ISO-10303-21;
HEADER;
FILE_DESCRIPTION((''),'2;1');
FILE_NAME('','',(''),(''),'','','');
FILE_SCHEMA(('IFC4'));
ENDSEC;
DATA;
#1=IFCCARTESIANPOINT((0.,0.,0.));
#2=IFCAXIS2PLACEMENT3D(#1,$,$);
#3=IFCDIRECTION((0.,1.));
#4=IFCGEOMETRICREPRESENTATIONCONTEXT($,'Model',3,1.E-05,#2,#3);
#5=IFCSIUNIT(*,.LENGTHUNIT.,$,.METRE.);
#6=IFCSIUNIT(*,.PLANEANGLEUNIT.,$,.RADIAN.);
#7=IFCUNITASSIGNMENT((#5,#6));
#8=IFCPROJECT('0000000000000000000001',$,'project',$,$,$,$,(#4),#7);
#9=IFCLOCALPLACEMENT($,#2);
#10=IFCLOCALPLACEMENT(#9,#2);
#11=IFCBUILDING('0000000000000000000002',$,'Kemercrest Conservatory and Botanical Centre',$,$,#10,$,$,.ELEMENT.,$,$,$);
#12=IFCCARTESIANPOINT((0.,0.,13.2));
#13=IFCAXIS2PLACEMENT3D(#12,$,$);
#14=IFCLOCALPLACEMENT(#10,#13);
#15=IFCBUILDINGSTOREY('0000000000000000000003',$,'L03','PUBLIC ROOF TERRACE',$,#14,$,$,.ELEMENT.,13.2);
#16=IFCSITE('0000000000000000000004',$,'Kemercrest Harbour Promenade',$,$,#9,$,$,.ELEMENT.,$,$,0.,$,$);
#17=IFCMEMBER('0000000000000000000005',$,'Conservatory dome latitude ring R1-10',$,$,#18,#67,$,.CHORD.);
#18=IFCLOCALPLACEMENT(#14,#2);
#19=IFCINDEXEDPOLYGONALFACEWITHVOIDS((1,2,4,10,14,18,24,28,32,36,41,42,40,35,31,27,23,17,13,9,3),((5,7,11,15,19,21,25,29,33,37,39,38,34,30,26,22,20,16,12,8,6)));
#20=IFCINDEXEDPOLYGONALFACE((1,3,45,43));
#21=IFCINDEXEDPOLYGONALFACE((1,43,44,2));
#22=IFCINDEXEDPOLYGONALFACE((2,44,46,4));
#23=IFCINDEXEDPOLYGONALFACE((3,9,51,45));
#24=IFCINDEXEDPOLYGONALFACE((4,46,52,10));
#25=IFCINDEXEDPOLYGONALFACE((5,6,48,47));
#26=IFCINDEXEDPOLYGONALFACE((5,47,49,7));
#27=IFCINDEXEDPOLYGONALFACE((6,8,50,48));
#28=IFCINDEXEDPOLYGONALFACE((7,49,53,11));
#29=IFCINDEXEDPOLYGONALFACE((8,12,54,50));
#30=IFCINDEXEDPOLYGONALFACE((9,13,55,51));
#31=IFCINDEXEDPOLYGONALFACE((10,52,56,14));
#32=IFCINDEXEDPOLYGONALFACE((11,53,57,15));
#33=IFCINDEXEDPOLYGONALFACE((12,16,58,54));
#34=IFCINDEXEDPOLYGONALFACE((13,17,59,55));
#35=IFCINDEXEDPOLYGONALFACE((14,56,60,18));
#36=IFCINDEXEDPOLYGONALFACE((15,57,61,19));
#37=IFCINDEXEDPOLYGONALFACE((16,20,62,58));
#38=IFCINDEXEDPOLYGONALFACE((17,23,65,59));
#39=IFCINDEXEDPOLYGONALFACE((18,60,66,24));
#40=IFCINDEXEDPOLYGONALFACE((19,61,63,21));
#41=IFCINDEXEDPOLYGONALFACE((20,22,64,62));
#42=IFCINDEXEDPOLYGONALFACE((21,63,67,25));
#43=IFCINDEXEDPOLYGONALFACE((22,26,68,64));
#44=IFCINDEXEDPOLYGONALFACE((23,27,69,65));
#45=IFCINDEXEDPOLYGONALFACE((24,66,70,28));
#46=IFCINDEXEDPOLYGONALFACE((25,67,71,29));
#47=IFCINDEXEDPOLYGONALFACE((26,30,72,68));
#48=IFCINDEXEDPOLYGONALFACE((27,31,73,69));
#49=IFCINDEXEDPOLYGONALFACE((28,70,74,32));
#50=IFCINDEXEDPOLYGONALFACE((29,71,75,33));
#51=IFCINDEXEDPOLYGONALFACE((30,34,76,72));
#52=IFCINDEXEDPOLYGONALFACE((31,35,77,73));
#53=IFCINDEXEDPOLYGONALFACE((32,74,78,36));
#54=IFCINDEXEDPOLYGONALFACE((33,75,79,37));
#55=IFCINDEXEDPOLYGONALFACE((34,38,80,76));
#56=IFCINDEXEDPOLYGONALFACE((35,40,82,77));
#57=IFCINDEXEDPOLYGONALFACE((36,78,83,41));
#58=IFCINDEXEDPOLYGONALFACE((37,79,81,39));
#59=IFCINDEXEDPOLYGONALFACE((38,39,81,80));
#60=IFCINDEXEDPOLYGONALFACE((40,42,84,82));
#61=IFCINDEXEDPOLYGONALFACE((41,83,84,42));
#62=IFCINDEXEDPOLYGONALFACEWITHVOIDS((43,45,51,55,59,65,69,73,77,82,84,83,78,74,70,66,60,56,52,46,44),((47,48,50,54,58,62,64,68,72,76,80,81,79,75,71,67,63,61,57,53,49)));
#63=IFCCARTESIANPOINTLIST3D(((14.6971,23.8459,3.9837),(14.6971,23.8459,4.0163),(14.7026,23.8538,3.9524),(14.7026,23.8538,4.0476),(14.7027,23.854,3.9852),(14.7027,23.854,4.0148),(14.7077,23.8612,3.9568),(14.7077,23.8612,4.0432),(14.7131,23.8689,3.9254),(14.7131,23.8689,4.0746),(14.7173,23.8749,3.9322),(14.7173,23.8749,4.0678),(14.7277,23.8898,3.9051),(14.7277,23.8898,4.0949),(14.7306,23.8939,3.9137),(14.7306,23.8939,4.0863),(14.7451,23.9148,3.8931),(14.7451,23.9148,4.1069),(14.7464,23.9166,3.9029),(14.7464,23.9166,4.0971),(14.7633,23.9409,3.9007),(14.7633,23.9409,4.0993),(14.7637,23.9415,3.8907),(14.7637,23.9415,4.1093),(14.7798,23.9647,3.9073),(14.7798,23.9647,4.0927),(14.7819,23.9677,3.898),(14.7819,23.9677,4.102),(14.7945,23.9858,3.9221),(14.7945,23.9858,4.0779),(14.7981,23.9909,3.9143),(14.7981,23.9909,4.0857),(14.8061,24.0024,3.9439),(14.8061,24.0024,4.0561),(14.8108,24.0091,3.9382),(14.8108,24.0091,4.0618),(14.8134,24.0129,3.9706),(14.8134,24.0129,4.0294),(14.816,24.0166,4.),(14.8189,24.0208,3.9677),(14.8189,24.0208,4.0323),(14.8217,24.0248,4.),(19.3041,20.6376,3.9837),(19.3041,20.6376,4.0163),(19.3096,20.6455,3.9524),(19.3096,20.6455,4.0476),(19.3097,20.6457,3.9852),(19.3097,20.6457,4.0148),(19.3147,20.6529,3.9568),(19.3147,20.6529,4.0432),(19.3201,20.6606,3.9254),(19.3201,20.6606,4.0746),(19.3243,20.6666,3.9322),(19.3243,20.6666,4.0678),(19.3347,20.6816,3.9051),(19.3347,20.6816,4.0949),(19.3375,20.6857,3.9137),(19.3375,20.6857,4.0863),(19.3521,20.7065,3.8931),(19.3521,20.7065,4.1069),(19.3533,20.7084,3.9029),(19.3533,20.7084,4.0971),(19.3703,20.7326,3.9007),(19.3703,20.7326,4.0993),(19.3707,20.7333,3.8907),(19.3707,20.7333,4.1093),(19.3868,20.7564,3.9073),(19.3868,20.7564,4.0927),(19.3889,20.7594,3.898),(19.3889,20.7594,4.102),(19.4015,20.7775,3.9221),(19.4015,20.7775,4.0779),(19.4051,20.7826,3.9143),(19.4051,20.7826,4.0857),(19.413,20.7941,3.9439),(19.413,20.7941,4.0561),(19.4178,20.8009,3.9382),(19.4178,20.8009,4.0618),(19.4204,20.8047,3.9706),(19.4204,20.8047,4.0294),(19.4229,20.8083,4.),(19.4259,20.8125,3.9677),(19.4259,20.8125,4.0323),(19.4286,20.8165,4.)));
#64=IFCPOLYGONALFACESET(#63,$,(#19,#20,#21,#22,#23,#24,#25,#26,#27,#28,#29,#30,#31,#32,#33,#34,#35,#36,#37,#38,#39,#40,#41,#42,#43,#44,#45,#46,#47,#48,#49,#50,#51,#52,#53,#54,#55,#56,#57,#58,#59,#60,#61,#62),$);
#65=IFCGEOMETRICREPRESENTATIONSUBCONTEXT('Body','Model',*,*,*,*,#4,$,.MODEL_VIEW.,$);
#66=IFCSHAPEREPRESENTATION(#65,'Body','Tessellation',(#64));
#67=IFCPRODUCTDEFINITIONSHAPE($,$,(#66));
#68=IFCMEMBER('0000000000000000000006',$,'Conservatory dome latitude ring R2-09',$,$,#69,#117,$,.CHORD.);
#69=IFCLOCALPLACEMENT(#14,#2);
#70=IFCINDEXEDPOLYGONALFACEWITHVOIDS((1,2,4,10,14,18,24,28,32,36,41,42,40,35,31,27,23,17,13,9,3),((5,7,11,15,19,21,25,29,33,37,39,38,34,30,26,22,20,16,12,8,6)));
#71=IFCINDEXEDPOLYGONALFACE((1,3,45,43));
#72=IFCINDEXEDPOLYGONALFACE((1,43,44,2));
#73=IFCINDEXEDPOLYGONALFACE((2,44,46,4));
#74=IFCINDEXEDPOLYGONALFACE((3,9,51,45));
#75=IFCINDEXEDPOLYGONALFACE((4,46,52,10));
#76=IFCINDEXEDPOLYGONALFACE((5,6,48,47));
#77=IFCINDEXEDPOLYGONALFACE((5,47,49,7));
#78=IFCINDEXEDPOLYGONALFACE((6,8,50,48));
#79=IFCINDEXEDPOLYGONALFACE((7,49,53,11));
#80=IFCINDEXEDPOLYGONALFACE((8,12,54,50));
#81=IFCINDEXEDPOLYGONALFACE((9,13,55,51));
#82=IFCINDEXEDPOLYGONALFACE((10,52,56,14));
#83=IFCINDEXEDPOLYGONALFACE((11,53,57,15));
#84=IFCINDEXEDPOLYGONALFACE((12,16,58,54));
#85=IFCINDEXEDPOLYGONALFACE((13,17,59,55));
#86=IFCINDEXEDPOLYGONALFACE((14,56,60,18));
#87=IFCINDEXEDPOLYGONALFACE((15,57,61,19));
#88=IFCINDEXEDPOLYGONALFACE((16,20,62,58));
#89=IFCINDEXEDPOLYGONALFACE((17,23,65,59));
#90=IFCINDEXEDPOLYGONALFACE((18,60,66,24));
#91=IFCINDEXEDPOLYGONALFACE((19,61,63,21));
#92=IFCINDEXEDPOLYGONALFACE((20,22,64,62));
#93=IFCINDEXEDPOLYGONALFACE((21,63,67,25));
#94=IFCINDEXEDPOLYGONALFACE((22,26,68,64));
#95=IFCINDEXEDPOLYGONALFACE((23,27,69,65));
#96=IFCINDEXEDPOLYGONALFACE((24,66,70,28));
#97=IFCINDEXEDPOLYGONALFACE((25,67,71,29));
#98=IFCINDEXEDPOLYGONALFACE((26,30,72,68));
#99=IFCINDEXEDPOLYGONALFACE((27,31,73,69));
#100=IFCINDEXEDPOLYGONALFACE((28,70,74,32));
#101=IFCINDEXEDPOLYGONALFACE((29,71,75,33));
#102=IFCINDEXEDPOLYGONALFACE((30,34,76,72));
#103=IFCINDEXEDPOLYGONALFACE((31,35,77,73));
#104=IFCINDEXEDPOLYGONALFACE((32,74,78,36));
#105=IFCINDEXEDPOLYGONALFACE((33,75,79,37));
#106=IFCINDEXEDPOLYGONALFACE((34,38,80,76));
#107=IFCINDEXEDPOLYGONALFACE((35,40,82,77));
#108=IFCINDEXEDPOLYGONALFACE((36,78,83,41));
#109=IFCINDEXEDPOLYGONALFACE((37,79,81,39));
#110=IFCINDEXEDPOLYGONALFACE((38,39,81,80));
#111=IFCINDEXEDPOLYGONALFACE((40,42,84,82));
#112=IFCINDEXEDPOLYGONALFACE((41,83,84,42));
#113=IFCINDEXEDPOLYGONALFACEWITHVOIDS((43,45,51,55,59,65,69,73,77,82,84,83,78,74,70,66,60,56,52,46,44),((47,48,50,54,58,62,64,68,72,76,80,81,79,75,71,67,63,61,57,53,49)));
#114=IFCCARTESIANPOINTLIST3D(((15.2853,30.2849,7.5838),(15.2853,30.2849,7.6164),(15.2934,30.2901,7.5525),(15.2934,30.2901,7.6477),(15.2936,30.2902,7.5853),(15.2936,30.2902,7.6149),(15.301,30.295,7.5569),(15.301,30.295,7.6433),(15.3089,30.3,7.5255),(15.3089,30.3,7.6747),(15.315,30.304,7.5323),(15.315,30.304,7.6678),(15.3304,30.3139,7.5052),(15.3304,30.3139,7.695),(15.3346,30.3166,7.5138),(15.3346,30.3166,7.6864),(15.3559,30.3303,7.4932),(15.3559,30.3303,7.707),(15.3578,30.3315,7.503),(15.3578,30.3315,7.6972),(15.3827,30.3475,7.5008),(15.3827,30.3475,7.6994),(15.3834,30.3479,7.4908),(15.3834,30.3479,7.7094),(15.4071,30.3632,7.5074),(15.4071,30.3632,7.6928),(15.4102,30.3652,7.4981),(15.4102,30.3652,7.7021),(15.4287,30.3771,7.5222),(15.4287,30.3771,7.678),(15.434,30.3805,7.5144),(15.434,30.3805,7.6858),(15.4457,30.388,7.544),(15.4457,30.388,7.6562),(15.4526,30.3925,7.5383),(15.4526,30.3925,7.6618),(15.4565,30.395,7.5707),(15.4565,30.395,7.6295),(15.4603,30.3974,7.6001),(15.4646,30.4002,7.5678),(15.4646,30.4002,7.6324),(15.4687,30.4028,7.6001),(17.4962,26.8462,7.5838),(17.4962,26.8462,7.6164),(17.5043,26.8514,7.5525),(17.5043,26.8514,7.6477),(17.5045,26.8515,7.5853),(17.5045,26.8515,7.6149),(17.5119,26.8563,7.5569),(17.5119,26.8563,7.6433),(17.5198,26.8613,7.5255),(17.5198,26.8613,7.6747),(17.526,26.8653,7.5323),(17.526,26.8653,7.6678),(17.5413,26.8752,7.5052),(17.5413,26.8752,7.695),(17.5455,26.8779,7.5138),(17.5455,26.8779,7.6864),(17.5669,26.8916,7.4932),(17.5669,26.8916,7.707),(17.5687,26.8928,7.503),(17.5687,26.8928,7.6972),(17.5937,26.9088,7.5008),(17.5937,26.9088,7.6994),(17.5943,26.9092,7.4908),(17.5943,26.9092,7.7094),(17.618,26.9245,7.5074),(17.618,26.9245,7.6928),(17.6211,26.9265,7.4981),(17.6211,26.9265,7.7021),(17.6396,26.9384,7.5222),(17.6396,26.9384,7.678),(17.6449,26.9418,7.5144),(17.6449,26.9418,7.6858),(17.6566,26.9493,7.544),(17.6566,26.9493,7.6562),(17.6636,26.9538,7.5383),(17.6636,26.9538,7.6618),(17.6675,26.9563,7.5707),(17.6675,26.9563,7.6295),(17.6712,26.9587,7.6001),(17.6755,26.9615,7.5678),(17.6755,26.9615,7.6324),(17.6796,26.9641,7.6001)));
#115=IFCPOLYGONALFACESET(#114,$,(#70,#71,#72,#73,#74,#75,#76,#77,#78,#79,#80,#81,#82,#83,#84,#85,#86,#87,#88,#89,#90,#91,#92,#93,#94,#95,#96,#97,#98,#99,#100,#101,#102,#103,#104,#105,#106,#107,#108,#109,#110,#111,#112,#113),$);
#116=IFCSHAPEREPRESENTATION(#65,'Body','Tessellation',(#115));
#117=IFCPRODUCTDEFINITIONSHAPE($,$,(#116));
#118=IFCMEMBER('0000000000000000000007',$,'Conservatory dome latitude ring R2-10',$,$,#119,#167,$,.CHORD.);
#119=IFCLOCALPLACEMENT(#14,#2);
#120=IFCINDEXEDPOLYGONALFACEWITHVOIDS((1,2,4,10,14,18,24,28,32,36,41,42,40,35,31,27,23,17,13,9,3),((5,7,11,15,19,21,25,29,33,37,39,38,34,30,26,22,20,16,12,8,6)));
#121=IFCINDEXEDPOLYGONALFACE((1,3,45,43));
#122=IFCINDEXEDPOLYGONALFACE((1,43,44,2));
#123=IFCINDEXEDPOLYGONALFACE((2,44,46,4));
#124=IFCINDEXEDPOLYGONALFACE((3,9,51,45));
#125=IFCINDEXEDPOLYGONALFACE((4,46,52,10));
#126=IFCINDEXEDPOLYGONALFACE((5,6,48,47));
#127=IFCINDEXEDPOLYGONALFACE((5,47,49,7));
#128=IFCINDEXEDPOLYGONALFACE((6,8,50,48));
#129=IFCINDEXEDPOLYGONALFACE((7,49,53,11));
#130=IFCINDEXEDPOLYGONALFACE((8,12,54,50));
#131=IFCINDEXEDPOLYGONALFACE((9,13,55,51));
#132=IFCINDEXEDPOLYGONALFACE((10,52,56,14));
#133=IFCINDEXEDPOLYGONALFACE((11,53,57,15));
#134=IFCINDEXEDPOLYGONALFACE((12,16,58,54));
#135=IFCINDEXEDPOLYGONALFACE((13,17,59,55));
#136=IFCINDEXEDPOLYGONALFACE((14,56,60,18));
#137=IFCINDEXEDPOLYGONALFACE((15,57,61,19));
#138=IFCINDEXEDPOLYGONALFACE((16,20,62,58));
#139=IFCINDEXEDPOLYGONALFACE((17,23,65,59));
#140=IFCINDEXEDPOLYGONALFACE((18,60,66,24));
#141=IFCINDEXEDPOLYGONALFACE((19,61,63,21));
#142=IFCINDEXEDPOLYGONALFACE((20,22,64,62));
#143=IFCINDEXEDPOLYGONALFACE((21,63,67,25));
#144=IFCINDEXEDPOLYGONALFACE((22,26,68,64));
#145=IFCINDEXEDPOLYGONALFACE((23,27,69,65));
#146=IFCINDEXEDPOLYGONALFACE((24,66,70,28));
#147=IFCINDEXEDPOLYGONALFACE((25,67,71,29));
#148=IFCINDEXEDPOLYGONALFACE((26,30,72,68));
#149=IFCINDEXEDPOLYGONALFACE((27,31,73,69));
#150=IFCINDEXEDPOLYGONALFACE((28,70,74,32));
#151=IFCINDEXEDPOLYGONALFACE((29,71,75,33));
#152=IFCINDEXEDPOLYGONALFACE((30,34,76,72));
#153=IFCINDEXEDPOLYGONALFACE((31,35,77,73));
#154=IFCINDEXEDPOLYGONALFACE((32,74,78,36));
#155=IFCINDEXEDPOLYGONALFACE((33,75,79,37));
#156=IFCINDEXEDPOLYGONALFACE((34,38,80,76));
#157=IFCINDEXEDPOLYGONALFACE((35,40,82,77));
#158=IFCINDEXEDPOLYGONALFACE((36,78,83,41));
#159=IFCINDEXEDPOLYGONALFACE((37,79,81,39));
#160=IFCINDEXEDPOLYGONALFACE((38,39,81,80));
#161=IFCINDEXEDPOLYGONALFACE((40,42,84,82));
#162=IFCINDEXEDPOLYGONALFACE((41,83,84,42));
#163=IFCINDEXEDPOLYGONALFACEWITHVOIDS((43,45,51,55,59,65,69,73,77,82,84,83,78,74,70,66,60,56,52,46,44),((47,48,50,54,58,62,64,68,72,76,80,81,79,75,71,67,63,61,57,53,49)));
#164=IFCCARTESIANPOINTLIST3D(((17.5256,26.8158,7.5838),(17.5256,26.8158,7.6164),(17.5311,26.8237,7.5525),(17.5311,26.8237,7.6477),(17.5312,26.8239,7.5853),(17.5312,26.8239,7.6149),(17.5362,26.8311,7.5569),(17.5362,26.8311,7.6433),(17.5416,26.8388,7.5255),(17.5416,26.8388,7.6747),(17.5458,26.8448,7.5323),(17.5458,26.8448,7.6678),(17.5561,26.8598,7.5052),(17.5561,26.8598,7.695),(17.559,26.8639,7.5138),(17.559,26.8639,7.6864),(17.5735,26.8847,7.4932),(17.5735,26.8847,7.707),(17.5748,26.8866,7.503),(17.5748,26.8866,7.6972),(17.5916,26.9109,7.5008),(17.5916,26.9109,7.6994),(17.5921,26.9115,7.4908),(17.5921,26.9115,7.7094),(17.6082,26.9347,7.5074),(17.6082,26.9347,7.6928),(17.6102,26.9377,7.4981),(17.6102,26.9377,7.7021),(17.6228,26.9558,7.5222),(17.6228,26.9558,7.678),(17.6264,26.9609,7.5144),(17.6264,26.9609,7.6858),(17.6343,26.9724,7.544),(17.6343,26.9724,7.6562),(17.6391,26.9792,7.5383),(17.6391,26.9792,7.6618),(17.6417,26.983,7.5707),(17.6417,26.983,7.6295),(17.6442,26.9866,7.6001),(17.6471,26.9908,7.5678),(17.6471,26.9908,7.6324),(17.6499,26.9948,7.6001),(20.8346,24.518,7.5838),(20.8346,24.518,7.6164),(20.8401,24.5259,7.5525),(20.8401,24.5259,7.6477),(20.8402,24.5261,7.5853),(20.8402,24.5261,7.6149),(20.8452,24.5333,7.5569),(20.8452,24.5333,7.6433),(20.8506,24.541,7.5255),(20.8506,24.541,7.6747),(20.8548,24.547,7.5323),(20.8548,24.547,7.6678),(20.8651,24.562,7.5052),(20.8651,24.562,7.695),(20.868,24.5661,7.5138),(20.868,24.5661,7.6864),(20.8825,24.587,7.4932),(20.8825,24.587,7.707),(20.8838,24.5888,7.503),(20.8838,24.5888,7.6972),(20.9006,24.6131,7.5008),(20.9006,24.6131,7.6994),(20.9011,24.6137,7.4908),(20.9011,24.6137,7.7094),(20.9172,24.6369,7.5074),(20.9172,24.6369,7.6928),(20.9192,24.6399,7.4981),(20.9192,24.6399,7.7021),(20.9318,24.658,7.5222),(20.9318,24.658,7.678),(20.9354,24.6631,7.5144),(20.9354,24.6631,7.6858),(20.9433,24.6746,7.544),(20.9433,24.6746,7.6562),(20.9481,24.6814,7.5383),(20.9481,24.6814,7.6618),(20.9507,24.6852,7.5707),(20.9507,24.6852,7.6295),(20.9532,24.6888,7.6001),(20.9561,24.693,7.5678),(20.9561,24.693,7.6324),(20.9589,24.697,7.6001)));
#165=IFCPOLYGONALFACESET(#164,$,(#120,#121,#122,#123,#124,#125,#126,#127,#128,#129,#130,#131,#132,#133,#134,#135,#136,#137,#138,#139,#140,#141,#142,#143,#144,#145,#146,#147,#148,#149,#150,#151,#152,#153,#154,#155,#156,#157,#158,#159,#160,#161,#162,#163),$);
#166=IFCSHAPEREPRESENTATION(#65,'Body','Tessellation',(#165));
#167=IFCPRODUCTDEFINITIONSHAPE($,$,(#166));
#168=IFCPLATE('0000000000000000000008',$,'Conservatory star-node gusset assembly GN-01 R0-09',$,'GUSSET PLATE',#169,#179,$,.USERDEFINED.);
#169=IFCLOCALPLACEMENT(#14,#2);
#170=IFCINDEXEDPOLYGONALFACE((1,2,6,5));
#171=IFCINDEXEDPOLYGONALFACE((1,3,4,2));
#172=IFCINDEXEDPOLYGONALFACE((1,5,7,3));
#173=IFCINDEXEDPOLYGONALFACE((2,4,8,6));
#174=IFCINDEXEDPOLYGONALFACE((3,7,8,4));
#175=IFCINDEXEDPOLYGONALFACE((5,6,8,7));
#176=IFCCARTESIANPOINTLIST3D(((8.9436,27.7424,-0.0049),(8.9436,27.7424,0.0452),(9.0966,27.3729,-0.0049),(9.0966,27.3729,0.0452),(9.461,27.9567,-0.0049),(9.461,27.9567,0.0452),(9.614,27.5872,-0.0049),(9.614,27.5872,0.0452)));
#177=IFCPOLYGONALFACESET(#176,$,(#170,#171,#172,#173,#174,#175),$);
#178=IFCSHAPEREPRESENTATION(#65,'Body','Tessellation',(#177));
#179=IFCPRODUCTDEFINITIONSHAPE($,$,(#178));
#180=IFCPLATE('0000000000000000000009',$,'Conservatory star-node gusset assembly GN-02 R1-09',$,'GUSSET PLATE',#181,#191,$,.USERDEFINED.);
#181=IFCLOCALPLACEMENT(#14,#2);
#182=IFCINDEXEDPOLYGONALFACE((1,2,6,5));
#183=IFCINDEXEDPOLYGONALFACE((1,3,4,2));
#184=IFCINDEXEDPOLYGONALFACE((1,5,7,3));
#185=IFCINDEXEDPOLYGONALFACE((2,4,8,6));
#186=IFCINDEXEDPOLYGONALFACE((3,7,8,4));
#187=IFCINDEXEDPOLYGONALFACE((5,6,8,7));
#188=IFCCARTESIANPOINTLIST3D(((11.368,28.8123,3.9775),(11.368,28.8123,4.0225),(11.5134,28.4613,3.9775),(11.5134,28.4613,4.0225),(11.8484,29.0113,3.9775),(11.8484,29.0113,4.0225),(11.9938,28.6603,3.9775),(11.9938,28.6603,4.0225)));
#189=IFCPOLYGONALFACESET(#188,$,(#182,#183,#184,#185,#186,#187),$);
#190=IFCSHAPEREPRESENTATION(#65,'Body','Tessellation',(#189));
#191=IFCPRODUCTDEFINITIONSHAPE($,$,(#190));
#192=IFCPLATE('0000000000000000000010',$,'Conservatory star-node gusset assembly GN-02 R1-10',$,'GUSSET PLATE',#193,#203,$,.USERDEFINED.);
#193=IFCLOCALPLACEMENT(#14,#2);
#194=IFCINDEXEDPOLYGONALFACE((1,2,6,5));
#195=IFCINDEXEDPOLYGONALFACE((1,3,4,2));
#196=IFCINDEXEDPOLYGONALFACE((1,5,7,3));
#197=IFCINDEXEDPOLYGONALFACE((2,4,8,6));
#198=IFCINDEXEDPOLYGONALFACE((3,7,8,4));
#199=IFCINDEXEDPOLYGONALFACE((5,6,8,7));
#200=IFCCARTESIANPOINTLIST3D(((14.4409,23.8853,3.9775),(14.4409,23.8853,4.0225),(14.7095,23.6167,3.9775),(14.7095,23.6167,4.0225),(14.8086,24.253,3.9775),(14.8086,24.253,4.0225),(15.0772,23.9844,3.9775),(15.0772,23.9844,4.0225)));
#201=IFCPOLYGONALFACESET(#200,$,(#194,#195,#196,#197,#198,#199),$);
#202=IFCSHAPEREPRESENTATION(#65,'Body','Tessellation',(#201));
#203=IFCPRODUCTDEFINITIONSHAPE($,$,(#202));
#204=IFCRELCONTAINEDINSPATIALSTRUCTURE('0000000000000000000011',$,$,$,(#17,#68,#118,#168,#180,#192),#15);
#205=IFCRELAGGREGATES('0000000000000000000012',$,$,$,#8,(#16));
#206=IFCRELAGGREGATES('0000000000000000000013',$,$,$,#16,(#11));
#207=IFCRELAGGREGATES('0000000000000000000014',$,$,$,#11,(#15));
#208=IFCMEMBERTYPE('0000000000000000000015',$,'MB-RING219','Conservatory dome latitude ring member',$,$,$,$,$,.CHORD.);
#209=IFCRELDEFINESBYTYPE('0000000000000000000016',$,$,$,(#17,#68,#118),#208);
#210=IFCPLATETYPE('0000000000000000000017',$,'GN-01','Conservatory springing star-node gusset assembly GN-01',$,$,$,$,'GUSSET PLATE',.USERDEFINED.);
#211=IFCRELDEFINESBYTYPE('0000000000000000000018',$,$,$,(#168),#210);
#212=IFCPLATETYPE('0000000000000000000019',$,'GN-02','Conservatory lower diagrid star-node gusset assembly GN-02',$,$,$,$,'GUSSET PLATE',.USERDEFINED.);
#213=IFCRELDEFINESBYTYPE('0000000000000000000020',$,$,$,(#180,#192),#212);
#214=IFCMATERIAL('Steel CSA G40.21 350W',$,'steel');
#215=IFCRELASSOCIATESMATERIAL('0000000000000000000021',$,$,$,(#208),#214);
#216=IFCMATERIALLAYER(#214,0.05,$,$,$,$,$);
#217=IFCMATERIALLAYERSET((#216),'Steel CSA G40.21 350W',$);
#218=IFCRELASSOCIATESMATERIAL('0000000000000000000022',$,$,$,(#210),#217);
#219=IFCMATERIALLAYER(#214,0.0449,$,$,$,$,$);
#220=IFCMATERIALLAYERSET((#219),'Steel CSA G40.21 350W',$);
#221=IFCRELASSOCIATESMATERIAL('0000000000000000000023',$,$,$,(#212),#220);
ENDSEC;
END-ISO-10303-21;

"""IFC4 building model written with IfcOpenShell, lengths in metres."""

from ifc_helpers import new_model, si_unit, direction, frame, origin, origin_2d, place, context, subcontext, project, spatial, rectangle, hollow_circle, extrude, material, layer, layer_set, material_profile, profile_set, type_object, element, save


model = new_model("IFC4")

# Units and contexts
model_context = context("Model", 3, precision=1e-05, world=origin(), true_north=direction((0.0, 1.0)))
body_context = subcontext(model_context, "Body", "Model", "MODEL_VIEW")
ifc_project = project(units=[si_unit("LENGTHUNIT", "METRE"), si_unit("PLANEANGLEUNIT", "RADIAN")], contexts=[model_context])

# Site, building, storey
site_placement = place(None, origin())
site = spatial("IfcSite", under=ifc_project, at=site_placement, Name="Kemercrest Harbour Promenade", CompositionType="ELEMENT", RefElevation=0.0)
building_placement = place(site_placement, origin())
building = spatial("IfcBuilding", under=site, at=building_placement, Name="Kemercrest Conservatory and Botanical Centre", CompositionType="ELEMENT")
storey_placement = place(building_placement, frame((0.0, 0.0, 13.2)))
storey = spatial("IfcBuildingStorey", under=building, at=storey_placement, Name="L03", Description="PUBLIC ROOF TERRACE", CompositionType="ELEMENT", Elevation=13.2)

# Shared definitions
ifc_material_1 = material(Name="Steel CSA G40.21 350W", Category="steel")

# Members
ifc_material_profile_1 = material_profile(ifc_material_1, hollow_circle(Radius=0.1096, WallThickness=0.01, at=origin_2d()), Name="CHS 219.1x10.0")
ifc_profile_set_1 = profile_set([ifc_material_profile_1], Name="Steel CSA G40.21 350W")
member_type_1 = type_object("IfcMemberType", Name="MB-RING219", Description="Conservatory dome latitude ring member", PredefinedType="CHORD", material=ifc_profile_set_1)
member_1_placement = place(storey_placement, frame((14.759, 23.9348, 4.0), z_axis=(0.820619, -0.571476, 0.0), x_axis=(0.571476, 0.820619, 0.0)))
element("IfcMember", 1, at=member_1_placement, inside=storey, type_object=member_type_1, Name="Conservatory dome latitude ring R1-10", PredefinedType="CHORD", context=body_context, shape_type="SweptSolid", body=[
    extrude(hollow_circle(Radius=0.1096, WallThickness=0.01, at=origin_2d()), origin(), (0.0, 0.0, 1.0), 5.614),
])
member_2_placement = place(storey_placement, frame((15.3765, 30.3435, 7.6001), z_axis=(0.540815, -0.841142, 0.0), x_axis=(0.841142, 0.540815, 0.0)))
element("IfcMember", 2, at=member_2_placement, inside=storey, type_object=member_type_1, Name="Conservatory dome latitude ring R2-09", PredefinedType="CHORD", context=body_context, shape_type="SweptSolid", body=[
    extrude(hollow_circle(Radius=0.1096, WallThickness=0.01, at=origin_2d()), origin(), (0.0, 0.0, 1.0), 4.0881),
])
member_3_placement = place(storey_placement, frame((17.5874, 26.9048, 7.6001), z_axis=(0.821384, -0.570375, 0.0), x_axis=(0.570375, 0.821384, 0.0)))
element("IfcMember", 3, at=member_3_placement, inside=storey, type_object=member_type_1, Name="Conservatory dome latitude ring R2-10", PredefinedType="CHORD", context=body_context, shape_type="SweptSolid", body=[
    extrude(hollow_circle(Radius=0.1096, WallThickness=0.01, at=origin_2d()), origin(), (0.0, 0.0, 1.0), 4.0286),
])

# Plates
ifc_layer_1 = layer(ifc_material_1, 0.05)
ifc_layer_set_1 = layer_set([ifc_layer_1], Name="Steel CSA G40.21 350W")
plate_type_1 = type_object("IfcPlateType", Name="GN-01", Description="Conservatory springing star-node gusset assembly GN-01", ElementType="GUSSET PLATE", PredefinedType="USERDEFINED", material=ifc_layer_set_1)
plate_1_placement = place(storey_placement, frame((9.2788, 27.6648, -0.0049), z_axis=(0.0, 0.0, 1.0), x_axis=(0.92388, 0.382683, 0.0)))
element("IfcPlate", 4, at=plate_1_placement, inside=storey, type_object=plate_type_1, Name="Conservatory star-node gusset assembly GN-01 R0-09", ObjectType="GUSSET PLATE", PredefinedType="USERDEFINED", context=body_context, shape_type="SweptSolid", body=[
    extrude(rectangle(XDim=0.5601, YDim=0.3999, at=origin_2d()), origin(), (0.0, 0.0, 1.0), 0.05),
])
ifc_layer_2 = layer(ifc_material_1, 0.0449)
ifc_layer_set_2 = layer_set([ifc_layer_2], Name="Steel CSA G40.21 350W")
plate_type_2 = type_object("IfcPlateType", Name="GN-02", Description="Conservatory lower diagrid star-node gusset assembly GN-02", ElementType="GUSSET PLATE", PredefinedType="USERDEFINED", material=ifc_layer_set_2)
for number, where, z_axis, x_axis, name in (
    (5, (11.6809, 28.7363, 3.9775), (0.0, 0.0, 1.0), (0.92388, 0.382683, 0.0), "Conservatory star-node gusset assembly GN-02 R1-09"),
    (6, (14.759, 23.9348, 3.9775), (0.0, 0.0, 1.0), (0.707107, 0.707107, 0.0), "Conservatory star-node gusset assembly GN-02 R1-10"),
):
    element("IfcPlate", number, at=place(storey_placement, frame(where, z_axis=z_axis, x_axis=x_axis)), inside=storey, type_object=plate_type_2, Name=name, ObjectType="GUSSET PLATE", PredefinedType="USERDEFINED", context=body_context, shape_type="SweptSolid", body=[
        extrude(rectangle(XDim=0.52, YDim=0.3799, at=origin_2d()), origin(), (0.0, 0.0, 1.0), 0.0449),
    ])

save(model, "model.ifc")
